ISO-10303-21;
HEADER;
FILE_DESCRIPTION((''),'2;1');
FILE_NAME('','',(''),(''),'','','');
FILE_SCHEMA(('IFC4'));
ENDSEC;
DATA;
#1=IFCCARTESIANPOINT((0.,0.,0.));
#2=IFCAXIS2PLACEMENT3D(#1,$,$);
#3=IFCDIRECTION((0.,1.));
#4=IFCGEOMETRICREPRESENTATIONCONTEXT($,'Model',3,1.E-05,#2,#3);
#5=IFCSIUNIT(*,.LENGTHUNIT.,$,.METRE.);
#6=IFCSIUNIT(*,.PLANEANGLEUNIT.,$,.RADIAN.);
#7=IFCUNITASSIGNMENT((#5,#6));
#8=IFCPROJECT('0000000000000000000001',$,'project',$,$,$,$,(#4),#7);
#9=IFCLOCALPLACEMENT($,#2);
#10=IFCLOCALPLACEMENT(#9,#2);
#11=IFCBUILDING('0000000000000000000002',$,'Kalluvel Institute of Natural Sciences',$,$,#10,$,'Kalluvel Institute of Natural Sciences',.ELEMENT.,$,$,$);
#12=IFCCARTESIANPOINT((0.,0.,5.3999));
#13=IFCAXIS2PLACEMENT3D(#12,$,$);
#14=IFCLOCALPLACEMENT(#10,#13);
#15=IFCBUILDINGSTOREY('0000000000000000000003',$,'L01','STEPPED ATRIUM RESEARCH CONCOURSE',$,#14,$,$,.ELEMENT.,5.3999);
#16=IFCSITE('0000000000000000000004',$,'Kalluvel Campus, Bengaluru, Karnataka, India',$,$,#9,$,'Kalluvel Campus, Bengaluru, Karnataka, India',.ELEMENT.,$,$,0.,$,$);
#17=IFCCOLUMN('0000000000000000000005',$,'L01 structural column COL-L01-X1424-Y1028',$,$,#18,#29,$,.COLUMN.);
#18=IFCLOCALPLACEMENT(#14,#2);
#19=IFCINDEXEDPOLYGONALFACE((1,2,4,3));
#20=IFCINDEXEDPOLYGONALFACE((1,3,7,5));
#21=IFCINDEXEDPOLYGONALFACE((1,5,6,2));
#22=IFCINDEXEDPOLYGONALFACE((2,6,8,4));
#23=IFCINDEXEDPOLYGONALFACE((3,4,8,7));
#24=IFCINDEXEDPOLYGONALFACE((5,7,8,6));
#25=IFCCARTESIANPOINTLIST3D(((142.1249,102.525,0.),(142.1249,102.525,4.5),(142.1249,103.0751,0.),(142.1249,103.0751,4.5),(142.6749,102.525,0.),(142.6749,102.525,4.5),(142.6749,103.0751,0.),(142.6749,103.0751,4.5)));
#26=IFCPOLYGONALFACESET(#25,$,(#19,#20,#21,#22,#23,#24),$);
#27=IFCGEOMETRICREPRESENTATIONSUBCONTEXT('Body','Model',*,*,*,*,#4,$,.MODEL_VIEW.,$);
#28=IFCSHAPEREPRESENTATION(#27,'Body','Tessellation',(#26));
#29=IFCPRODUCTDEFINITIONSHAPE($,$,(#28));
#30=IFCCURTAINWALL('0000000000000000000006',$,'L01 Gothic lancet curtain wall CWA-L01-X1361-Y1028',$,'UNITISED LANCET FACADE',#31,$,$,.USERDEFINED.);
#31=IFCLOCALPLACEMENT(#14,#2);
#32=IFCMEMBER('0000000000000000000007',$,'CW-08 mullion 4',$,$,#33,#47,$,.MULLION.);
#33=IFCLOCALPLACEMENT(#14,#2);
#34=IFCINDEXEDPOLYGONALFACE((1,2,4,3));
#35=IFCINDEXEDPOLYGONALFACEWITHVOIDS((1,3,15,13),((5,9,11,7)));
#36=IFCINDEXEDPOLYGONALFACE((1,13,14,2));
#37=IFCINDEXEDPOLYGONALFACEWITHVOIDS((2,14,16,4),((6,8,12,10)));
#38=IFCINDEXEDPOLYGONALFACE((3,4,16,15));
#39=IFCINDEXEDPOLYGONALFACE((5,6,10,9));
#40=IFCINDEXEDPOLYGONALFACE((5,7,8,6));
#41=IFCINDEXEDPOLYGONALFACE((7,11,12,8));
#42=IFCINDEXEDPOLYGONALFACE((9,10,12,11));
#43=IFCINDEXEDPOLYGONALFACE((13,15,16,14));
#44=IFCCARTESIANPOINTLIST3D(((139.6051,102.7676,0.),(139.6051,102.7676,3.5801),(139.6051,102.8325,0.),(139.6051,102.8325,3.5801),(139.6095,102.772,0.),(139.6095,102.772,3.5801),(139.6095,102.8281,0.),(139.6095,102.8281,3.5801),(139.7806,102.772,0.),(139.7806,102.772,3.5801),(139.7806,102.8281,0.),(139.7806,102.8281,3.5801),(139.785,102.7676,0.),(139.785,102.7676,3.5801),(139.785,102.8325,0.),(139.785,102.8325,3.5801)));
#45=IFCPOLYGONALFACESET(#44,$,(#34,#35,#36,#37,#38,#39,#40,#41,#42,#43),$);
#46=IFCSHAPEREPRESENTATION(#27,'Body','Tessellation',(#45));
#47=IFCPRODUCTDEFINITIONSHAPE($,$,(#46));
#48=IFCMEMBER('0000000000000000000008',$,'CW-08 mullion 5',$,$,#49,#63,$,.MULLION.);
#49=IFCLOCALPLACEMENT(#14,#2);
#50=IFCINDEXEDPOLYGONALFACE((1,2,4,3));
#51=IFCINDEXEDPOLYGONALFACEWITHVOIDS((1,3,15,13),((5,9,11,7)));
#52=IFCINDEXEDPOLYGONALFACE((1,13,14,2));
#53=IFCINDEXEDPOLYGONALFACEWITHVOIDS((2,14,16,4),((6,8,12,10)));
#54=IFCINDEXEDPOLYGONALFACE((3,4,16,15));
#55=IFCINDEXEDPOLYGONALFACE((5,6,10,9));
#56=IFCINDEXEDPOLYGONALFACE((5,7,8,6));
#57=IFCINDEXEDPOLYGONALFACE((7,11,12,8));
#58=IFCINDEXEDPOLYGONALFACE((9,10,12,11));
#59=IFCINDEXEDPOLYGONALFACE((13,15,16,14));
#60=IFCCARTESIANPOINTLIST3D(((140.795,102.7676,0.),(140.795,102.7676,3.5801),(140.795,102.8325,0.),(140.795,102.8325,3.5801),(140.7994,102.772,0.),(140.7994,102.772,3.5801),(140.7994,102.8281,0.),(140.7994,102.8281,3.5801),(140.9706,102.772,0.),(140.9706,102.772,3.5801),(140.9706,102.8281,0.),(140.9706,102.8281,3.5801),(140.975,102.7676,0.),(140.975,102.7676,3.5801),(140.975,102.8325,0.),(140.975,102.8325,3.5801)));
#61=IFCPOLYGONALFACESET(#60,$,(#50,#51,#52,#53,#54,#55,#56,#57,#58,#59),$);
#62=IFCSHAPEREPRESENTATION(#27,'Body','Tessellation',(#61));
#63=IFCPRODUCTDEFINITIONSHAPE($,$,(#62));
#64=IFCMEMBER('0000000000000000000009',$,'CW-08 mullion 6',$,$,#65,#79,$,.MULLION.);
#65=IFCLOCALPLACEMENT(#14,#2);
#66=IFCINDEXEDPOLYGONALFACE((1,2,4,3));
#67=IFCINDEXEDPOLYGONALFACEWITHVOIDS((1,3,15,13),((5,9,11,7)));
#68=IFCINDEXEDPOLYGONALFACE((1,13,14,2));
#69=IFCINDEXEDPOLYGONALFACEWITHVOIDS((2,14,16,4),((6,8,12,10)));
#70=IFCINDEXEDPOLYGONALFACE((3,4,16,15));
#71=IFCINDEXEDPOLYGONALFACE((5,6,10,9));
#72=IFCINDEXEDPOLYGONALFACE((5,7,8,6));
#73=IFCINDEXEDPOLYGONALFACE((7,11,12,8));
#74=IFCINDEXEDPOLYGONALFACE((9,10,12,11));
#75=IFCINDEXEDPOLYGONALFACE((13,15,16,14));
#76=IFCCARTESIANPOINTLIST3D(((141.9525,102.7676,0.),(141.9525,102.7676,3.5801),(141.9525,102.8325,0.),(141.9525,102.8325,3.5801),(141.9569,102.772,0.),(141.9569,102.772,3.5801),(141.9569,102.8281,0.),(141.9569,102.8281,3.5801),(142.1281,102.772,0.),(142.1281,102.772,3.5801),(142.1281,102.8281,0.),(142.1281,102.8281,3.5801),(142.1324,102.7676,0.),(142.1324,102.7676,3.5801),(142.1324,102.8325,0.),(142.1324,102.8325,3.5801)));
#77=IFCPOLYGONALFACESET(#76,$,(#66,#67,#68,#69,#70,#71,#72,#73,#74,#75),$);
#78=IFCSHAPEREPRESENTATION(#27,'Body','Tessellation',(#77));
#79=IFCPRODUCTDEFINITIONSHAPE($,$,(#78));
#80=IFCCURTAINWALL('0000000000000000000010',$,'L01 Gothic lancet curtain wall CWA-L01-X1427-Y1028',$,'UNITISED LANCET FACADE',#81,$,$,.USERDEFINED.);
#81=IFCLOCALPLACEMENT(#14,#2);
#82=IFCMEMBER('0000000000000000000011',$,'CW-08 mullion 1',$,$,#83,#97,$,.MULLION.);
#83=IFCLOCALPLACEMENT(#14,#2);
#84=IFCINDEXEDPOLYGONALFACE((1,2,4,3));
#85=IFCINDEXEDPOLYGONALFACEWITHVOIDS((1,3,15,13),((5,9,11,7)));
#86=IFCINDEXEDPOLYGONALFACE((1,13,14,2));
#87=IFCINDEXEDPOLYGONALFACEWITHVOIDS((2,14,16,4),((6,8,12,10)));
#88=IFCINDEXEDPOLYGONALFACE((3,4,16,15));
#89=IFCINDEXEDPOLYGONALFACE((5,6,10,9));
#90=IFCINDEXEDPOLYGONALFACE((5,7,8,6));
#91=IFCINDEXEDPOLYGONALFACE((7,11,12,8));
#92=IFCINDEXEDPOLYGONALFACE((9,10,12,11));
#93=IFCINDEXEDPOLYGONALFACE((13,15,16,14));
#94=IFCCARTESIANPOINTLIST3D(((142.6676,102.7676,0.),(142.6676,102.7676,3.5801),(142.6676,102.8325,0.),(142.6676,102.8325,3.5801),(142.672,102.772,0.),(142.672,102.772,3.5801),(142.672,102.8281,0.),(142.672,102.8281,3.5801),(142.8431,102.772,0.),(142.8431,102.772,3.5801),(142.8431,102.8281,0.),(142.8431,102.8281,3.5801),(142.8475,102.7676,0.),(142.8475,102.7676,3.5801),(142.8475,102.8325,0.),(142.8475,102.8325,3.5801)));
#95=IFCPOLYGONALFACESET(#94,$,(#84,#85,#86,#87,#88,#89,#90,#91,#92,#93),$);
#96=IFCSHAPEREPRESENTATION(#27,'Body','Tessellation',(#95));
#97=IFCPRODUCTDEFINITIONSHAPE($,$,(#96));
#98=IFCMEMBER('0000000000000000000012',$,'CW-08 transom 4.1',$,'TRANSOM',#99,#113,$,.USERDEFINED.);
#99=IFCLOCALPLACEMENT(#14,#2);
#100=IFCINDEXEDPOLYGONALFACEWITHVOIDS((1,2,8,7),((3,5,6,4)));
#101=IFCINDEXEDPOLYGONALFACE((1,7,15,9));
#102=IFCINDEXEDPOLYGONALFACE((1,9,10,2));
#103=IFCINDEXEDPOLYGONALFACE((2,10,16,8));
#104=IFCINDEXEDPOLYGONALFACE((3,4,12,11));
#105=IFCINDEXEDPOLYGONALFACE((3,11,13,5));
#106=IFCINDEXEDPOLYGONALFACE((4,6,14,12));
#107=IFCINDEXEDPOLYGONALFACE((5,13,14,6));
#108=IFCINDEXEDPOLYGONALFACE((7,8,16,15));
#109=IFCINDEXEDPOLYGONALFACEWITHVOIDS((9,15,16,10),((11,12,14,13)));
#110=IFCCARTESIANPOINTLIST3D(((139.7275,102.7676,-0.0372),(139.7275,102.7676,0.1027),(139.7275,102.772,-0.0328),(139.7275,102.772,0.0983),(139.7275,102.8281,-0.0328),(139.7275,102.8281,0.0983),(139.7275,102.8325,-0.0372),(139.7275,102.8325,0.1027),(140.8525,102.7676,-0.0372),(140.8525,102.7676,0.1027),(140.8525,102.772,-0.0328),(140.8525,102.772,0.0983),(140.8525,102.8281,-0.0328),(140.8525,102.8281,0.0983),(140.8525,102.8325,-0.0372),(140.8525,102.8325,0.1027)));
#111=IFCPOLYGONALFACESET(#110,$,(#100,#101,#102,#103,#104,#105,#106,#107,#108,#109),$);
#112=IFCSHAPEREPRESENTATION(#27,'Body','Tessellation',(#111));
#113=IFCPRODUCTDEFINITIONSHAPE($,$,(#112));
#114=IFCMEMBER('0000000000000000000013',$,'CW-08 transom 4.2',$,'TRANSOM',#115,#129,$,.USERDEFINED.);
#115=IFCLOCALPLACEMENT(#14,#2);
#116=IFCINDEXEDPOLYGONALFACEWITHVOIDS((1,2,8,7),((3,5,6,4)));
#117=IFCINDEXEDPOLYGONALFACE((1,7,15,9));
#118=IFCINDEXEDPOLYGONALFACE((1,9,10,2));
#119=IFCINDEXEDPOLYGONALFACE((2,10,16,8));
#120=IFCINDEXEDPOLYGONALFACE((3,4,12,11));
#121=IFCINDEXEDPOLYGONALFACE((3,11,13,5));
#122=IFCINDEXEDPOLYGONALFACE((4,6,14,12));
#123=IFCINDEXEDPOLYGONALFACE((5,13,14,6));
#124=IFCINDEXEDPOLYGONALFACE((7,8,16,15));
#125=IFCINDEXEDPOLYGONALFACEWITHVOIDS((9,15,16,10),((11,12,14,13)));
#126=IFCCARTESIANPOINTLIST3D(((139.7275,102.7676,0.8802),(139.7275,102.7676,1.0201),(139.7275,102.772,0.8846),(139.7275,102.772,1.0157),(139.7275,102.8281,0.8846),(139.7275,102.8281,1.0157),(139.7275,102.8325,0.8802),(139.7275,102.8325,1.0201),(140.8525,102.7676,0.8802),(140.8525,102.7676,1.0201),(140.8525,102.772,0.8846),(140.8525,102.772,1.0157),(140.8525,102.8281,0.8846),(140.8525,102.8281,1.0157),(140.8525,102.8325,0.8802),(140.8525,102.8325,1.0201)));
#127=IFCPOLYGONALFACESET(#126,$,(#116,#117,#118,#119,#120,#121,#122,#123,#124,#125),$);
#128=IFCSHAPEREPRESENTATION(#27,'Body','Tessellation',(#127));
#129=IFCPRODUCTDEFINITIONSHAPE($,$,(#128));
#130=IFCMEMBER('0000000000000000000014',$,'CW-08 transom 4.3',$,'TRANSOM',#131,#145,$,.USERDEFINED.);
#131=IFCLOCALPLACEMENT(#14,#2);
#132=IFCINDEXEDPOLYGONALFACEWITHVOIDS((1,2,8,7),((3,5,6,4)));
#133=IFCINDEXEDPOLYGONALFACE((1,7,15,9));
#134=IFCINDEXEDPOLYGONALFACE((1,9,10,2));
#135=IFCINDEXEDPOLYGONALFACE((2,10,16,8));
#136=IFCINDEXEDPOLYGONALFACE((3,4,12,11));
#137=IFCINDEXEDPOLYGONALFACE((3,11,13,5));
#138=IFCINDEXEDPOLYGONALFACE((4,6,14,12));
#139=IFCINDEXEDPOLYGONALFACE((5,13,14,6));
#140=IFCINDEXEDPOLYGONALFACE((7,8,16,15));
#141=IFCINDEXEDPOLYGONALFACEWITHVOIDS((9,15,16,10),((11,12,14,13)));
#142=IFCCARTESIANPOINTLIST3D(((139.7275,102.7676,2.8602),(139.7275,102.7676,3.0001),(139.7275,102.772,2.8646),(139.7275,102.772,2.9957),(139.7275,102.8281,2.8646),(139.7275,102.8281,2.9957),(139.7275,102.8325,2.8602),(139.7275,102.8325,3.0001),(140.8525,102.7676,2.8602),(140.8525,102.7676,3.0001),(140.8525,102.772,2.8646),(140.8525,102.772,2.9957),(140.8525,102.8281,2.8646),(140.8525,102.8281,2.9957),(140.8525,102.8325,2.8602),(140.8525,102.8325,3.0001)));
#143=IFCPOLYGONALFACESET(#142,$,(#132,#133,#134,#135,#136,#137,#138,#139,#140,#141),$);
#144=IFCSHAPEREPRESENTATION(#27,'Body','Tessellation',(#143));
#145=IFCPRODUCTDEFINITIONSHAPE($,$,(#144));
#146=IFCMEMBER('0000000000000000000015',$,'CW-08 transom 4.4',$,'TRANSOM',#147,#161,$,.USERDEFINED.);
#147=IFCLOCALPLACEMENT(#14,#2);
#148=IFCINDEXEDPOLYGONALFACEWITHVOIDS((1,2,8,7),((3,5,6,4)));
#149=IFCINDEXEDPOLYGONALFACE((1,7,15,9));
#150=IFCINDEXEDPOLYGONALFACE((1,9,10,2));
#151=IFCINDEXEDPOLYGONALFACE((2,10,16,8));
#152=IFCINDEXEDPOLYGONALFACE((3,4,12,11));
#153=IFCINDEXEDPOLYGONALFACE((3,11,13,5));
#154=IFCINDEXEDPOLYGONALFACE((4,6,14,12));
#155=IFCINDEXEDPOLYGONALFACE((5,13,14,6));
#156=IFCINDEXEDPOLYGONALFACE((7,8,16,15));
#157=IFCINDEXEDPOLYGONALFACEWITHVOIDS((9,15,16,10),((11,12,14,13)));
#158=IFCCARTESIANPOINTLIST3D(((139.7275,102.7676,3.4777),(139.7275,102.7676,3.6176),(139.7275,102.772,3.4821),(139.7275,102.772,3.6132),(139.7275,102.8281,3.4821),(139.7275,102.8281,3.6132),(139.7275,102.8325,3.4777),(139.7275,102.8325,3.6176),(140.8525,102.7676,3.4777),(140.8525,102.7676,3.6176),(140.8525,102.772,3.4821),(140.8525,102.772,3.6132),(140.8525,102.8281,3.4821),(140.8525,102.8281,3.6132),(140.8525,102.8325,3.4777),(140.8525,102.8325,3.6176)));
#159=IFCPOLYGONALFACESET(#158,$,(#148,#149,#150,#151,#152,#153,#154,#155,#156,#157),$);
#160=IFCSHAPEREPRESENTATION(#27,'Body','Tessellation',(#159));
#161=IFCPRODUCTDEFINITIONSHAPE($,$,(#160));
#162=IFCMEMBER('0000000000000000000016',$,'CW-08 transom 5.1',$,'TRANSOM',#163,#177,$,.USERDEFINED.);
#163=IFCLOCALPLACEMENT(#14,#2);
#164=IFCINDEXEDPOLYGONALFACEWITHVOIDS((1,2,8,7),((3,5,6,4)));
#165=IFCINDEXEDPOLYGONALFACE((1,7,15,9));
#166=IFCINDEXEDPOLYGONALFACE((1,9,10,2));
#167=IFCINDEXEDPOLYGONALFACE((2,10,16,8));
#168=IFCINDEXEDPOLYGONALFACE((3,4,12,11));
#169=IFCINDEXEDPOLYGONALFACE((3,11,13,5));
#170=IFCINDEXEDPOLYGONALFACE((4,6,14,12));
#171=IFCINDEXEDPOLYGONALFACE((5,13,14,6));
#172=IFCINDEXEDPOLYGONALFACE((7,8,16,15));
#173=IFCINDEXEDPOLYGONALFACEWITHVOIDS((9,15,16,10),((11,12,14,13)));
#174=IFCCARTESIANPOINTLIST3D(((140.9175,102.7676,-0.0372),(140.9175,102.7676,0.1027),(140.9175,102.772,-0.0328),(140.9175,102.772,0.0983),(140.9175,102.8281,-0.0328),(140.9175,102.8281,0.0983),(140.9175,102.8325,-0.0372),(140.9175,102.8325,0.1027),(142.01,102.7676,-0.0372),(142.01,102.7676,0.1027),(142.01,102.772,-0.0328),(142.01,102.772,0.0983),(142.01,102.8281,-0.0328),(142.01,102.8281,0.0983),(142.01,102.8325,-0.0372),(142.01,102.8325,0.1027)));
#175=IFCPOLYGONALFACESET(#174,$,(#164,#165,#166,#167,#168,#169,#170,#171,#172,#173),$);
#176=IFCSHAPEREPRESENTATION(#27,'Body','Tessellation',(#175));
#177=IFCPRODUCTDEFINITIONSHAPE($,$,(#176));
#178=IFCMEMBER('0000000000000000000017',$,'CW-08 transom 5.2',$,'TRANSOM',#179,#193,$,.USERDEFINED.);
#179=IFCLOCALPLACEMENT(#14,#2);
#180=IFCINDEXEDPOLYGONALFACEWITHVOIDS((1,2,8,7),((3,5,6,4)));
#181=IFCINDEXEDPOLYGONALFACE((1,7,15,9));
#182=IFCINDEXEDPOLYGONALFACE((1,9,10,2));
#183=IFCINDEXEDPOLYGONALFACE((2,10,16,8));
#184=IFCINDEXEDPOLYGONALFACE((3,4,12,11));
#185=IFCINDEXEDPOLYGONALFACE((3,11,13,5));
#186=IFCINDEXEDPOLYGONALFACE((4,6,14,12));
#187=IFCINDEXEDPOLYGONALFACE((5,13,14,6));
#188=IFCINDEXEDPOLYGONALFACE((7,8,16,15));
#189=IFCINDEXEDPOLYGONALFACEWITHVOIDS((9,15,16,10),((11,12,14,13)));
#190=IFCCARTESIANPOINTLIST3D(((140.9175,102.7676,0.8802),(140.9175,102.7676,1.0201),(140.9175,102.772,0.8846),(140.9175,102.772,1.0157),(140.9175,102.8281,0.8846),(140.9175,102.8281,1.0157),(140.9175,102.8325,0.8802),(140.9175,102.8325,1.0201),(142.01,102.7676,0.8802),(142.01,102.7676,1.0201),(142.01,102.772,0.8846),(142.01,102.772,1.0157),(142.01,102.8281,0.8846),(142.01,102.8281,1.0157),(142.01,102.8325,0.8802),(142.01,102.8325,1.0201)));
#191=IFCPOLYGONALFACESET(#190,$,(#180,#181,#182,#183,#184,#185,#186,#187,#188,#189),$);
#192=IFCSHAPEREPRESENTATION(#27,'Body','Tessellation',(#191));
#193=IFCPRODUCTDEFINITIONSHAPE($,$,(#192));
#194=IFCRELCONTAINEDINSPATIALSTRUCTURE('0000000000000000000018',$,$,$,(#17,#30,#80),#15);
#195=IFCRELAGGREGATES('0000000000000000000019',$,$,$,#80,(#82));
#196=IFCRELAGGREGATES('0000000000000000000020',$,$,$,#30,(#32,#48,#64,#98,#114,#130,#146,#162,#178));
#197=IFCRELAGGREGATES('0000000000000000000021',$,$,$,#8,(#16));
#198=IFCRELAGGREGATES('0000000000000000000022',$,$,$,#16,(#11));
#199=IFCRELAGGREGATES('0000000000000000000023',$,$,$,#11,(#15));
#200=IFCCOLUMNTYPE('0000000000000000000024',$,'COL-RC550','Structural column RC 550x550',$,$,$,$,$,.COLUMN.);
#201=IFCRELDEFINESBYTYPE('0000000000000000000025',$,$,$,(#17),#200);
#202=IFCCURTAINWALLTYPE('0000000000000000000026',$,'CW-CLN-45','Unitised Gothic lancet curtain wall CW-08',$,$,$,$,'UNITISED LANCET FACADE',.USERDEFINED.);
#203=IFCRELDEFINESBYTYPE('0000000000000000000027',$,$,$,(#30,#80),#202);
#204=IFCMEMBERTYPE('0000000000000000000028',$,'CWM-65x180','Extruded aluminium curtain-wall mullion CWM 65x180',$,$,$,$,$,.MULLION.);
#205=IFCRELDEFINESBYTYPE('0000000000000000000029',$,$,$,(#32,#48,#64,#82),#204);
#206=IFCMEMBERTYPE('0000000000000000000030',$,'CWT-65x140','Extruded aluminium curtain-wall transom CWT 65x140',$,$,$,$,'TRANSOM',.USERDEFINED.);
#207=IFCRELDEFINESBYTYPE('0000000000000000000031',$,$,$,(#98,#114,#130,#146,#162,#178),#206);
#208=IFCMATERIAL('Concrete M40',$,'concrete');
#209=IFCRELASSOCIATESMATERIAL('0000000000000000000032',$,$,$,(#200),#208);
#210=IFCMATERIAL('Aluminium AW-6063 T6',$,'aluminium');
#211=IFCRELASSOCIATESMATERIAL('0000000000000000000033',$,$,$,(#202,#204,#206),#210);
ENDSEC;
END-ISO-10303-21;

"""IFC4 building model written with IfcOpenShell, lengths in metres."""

from ifc_helpers import new_model, si_unit, direction, frame, origin, origin_2d, place, context, subcontext, project, spatial, rectangle, hollow_rectangle, extrude, material, material_profile, profile_set, type_object, element, aggregate, save


model = new_model("IFC4")

# Units and contexts
model_context = context("Model", 3, precision=1e-05, world=origin(), true_north=direction((0.0, 1.0)))
body_context = subcontext(model_context, "Body", "Model", "MODEL_VIEW")
ifc_project = project(units=[si_unit("LENGTHUNIT", "METRE"), si_unit("PLANEANGLEUNIT", "RADIAN")], contexts=[model_context])

# Site, building, storey
site_placement = place(None, origin())
site = spatial("IfcSite", under=ifc_project, at=site_placement, Name="Kalluvel Campus, Bengaluru, Karnataka, India", LongName="Kalluvel Campus, Bengaluru, Karnataka, India", CompositionType="ELEMENT", RefElevation=0.0)
building_placement = place(site_placement, origin())
building = spatial("IfcBuilding", under=site, at=building_placement, Name="Kalluvel Institute of Natural Sciences", LongName="Kalluvel Institute of Natural Sciences", CompositionType="ELEMENT")
storey_placement = place(building_placement, frame((0.0, 0.0, 5.3999)))
storey = spatial("IfcBuildingStorey", under=building, at=storey_placement, Name="L01", Description="STEPPED ATRIUM RESEARCH CONCOURSE", CompositionType="ELEMENT", Elevation=5.3999)

# Column
ifc_material_1 = material(Name="Concrete M40", Category="concrete")
ifc_material_profile_1 = material_profile(ifc_material_1, rectangle(XDim=0.55, YDim=0.55, at=origin_2d()), Name="RC 550x550")
ifc_profile_set_1 = profile_set([ifc_material_profile_1], Name="Concrete M40")
column_type = type_object("IfcColumnType", Name="COL-RC550", Description="Structural column RC 550x550", PredefinedType="COLUMN", material=ifc_profile_set_1)
column_placement = place(storey_placement, frame((142.3999, 102.8, 0.0), z_axis=(0.0, 0.0, 1.0), x_axis=(1.0, 0.0, 0.0)))
element("IfcColumn", 1, at=column_placement, inside=storey, type_object=column_type, Name="L01 structural column COL-L01-X1424-Y1028", PredefinedType="COLUMN", context=body_context, shape_type="SweptSolid", body=[
    extrude(rectangle(XDim=0.55, YDim=0.55, at=origin_2d()), origin(), (0.0, 0.0, 1.0), 4.5),
])

# Curtain wall, members
ifc_material_2 = material(Name="Aluminium AW-6063 T6", Category="aluminium")
curtain_wall_type = type_object("IfcCurtainWallType", Name="CW-CLN-45", Description="Unitised Gothic lancet curtain wall CW-08", ElementType="UNITISED LANCET FACADE", PredefinedType="USERDEFINED", material=ifc_material_2)
curtain_wall_1_placement = place(storey_placement, origin())
curtain_wall_1 = element("IfcCurtainWall", 2, at=curtain_wall_1_placement, inside=storey, type_object=curtain_wall_type, Name="L01 Gothic lancet curtain wall CWA-L01-X1361-Y1028", ObjectType="UNITISED LANCET FACADE", PredefinedType="USERDEFINED")
ifc_material_profile_2 = material_profile(ifc_material_2, hollow_rectangle(XDim=0.0649, YDim=0.1799, WallThickness=0.0044, at=origin_2d()), Name="CWM 65x180")
ifc_profile_set_2 = profile_set([ifc_material_profile_2], Name="Aluminium AW-6063 T6")
member_type_1 = type_object("IfcMemberType", Name="CWM-65x180", Description="Extruded aluminium curtain-wall mullion CWM 65x180", PredefinedType="MULLION", material=ifc_profile_set_2)
member_1_placement = place(storey_placement, frame((139.6951, 102.8, 0.0), z_axis=(0.0, 0.0, 1.0), x_axis=(0.0, 1.0, 0.0)))
member_1 = element("IfcMember", 3, at=member_1_placement, type_object=member_type_1, Name="CW-08 mullion 4", PredefinedType="MULLION", context=body_context, shape_type="SweptSolid", body=[
    extrude(hollow_rectangle(XDim=0.0649, YDim=0.1799, WallThickness=0.0044, at=origin_2d()), origin(), (0.0, 0.0, 1.0), 3.5801),
])
member_2_placement = place(storey_placement, frame((140.885, 102.8, 0.0), z_axis=(0.0, 0.0, 1.0), x_axis=(0.0, 1.0, 0.0)))
member_2 = element("IfcMember", 4, at=member_2_placement, type_object=member_type_1, Name="CW-08 mullion 5", PredefinedType="MULLION", context=body_context, shape_type="SweptSolid", body=[
    extrude(hollow_rectangle(XDim=0.0649, YDim=0.1799, WallThickness=0.0044, at=origin_2d()), origin(), (0.0, 0.0, 1.0), 3.5801),
])
member_3_placement = place(storey_placement, frame((142.0425, 102.8, 0.0), z_axis=(0.0, 0.0, 1.0), x_axis=(0.0, 1.0, 0.0)))
member_3 = element("IfcMember", 5, at=member_3_placement, type_object=member_type_1, Name="CW-08 mullion 6", PredefinedType="MULLION", context=body_context, shape_type="SweptSolid", body=[
    extrude(hollow_rectangle(XDim=0.0649, YDim=0.1799, WallThickness=0.0044, at=origin_2d()), origin(), (0.0, 0.0, 1.0), 3.5801),
])

# Curtain wall, member
curtain_wall_2_placement = place(storey_placement, origin())
curtain_wall_2 = element("IfcCurtainWall", 6, at=curtain_wall_2_placement, inside=storey, type_object=curtain_wall_type, Name="L01 Gothic lancet curtain wall CWA-L01-X1427-Y1028", ObjectType="UNITISED LANCET FACADE", PredefinedType="USERDEFINED")
member_4_placement = place(storey_placement, frame((142.7576, 102.8, 0.0), z_axis=(0.0, 0.0, 1.0), x_axis=(0.0, 1.0, 0.0)))
member_4 = element("IfcMember", 7, at=member_4_placement, type_object=member_type_1, Name="CW-08 mullion 1", PredefinedType="MULLION", context=body_context, shape_type="SweptSolid", body=[
    extrude(hollow_rectangle(XDim=0.0649, YDim=0.1799, WallThickness=0.0044, at=origin_2d()), origin(), (0.0, 0.0, 1.0), 3.5801),
])

# Members
ifc_material_profile_3 = material_profile(ifc_material_2, hollow_rectangle(XDim=0.0649, YDim=0.1399, WallThickness=0.0044, at=origin_2d()), Name="CWT 65x140")
ifc_profile_set_3 = profile_set([ifc_material_profile_3], Name="Aluminium AW-6063 T6")
member_type_2 = type_object("IfcMemberType", Name="CWT-65x140", Description="Extruded aluminium curtain-wall transom CWT 65x140", ElementType="TRANSOM", PredefinedType="USERDEFINED", material=ifc_profile_set_3)
member_5_placement = place(storey_placement, frame((139.7275, 102.8, 0.0327), z_axis=(1.0, 0.0, 0.0), x_axis=(0.0, 1.0, 0.0)))
member_5 = element("IfcMember", 8, at=member_5_placement, type_object=member_type_2, Name="CW-08 transom 4.1", ObjectType="TRANSOM", PredefinedType="USERDEFINED", context=body_context, shape_type="SweptSolid", body=[
    extrude(hollow_rectangle(XDim=0.0649, YDim=0.1399, WallThickness=0.0044, at=origin_2d()), origin(), (0.0, 0.0, 1.0), 1.125),
])
member_6_placement = place(storey_placement, frame((139.7275, 102.8, 0.9502), z_axis=(1.0, 0.0, 0.0), x_axis=(0.0, 1.0, 0.0)))
member_6 = element("IfcMember", 9, at=member_6_placement, type_object=member_type_2, Name="CW-08 transom 4.2", ObjectType="TRANSOM", PredefinedType="USERDEFINED", context=body_context, shape_type="SweptSolid", body=[
    extrude(hollow_rectangle(XDim=0.0649, YDim=0.1399, WallThickness=0.0044, at=origin_2d()), origin(), (0.0, 0.0, 1.0), 1.125),
])
member_7_placement = place(storey_placement, frame((139.7275, 102.8, 2.9302), z_axis=(1.0, 0.0, 0.0), x_axis=(0.0, 1.0, 0.0)))
member_7 = element("IfcMember", 10, at=member_7_placement, type_object=member_type_2, Name="CW-08 transom 4.3", ObjectType="TRANSOM", PredefinedType="USERDEFINED", context=body_context, shape_type="SweptSolid", body=[
    extrude(hollow_rectangle(XDim=0.0649, YDim=0.1399, WallThickness=0.0044, at=origin_2d()), origin(), (0.0, 0.0, 1.0), 1.125),
])
member_8_placement = place(storey_placement, frame((139.7275, 102.8, 3.5476), z_axis=(1.0, 0.0, 0.0), x_axis=(0.0, 1.0, 0.0)))
member_8 = element("IfcMember", 11, at=member_8_placement, type_object=member_type_2, Name="CW-08 transom 4.4", ObjectType="TRANSOM", PredefinedType="USERDEFINED", context=body_context, shape_type="SweptSolid", body=[
    extrude(hollow_rectangle(XDim=0.0649, YDim=0.1399, WallThickness=0.0044, at=origin_2d()), origin(), (0.0, 0.0, 1.0), 1.125),
])
member_9_placement = place(storey_placement, frame((140.9175, 102.8, 0.0327), z_axis=(1.0, 0.0, 0.0), x_axis=(0.0, 1.0, 0.0)))
member_9 = element("IfcMember", 12, at=member_9_placement, type_object=member_type_2, Name="CW-08 transom 5.1", ObjectType="TRANSOM", PredefinedType="USERDEFINED", context=body_context, shape_type="SweptSolid", body=[
    extrude(hollow_rectangle(XDim=0.0649, YDim=0.1399, WallThickness=0.0044, at=origin_2d()), origin(), (0.0, 0.0, 1.0), 1.0925),
])
member_10_placement = place(storey_placement, frame((140.9175, 102.8, 0.9502), z_axis=(1.0, 0.0, 0.0), x_axis=(0.0, 1.0, 0.0)))
member_10 = element("IfcMember", 13, at=member_10_placement, type_object=member_type_2, Name="CW-08 transom 5.2", ObjectType="TRANSOM", PredefinedType="USERDEFINED", context=body_context, shape_type="SweptSolid", body=[
    extrude(hollow_rectangle(XDim=0.0649, YDim=0.1399, WallThickness=0.0044, at=origin_2d()), origin(), (0.0, 0.0, 1.0), 1.0925),
])
aggregate(curtain_wall_2, [member_4])

aggregate(curtain_wall_1, [member_1, member_2, member_3, member_5, member_6, member_7, member_8, member_9, member_10])

save(model, "model.ifc")
